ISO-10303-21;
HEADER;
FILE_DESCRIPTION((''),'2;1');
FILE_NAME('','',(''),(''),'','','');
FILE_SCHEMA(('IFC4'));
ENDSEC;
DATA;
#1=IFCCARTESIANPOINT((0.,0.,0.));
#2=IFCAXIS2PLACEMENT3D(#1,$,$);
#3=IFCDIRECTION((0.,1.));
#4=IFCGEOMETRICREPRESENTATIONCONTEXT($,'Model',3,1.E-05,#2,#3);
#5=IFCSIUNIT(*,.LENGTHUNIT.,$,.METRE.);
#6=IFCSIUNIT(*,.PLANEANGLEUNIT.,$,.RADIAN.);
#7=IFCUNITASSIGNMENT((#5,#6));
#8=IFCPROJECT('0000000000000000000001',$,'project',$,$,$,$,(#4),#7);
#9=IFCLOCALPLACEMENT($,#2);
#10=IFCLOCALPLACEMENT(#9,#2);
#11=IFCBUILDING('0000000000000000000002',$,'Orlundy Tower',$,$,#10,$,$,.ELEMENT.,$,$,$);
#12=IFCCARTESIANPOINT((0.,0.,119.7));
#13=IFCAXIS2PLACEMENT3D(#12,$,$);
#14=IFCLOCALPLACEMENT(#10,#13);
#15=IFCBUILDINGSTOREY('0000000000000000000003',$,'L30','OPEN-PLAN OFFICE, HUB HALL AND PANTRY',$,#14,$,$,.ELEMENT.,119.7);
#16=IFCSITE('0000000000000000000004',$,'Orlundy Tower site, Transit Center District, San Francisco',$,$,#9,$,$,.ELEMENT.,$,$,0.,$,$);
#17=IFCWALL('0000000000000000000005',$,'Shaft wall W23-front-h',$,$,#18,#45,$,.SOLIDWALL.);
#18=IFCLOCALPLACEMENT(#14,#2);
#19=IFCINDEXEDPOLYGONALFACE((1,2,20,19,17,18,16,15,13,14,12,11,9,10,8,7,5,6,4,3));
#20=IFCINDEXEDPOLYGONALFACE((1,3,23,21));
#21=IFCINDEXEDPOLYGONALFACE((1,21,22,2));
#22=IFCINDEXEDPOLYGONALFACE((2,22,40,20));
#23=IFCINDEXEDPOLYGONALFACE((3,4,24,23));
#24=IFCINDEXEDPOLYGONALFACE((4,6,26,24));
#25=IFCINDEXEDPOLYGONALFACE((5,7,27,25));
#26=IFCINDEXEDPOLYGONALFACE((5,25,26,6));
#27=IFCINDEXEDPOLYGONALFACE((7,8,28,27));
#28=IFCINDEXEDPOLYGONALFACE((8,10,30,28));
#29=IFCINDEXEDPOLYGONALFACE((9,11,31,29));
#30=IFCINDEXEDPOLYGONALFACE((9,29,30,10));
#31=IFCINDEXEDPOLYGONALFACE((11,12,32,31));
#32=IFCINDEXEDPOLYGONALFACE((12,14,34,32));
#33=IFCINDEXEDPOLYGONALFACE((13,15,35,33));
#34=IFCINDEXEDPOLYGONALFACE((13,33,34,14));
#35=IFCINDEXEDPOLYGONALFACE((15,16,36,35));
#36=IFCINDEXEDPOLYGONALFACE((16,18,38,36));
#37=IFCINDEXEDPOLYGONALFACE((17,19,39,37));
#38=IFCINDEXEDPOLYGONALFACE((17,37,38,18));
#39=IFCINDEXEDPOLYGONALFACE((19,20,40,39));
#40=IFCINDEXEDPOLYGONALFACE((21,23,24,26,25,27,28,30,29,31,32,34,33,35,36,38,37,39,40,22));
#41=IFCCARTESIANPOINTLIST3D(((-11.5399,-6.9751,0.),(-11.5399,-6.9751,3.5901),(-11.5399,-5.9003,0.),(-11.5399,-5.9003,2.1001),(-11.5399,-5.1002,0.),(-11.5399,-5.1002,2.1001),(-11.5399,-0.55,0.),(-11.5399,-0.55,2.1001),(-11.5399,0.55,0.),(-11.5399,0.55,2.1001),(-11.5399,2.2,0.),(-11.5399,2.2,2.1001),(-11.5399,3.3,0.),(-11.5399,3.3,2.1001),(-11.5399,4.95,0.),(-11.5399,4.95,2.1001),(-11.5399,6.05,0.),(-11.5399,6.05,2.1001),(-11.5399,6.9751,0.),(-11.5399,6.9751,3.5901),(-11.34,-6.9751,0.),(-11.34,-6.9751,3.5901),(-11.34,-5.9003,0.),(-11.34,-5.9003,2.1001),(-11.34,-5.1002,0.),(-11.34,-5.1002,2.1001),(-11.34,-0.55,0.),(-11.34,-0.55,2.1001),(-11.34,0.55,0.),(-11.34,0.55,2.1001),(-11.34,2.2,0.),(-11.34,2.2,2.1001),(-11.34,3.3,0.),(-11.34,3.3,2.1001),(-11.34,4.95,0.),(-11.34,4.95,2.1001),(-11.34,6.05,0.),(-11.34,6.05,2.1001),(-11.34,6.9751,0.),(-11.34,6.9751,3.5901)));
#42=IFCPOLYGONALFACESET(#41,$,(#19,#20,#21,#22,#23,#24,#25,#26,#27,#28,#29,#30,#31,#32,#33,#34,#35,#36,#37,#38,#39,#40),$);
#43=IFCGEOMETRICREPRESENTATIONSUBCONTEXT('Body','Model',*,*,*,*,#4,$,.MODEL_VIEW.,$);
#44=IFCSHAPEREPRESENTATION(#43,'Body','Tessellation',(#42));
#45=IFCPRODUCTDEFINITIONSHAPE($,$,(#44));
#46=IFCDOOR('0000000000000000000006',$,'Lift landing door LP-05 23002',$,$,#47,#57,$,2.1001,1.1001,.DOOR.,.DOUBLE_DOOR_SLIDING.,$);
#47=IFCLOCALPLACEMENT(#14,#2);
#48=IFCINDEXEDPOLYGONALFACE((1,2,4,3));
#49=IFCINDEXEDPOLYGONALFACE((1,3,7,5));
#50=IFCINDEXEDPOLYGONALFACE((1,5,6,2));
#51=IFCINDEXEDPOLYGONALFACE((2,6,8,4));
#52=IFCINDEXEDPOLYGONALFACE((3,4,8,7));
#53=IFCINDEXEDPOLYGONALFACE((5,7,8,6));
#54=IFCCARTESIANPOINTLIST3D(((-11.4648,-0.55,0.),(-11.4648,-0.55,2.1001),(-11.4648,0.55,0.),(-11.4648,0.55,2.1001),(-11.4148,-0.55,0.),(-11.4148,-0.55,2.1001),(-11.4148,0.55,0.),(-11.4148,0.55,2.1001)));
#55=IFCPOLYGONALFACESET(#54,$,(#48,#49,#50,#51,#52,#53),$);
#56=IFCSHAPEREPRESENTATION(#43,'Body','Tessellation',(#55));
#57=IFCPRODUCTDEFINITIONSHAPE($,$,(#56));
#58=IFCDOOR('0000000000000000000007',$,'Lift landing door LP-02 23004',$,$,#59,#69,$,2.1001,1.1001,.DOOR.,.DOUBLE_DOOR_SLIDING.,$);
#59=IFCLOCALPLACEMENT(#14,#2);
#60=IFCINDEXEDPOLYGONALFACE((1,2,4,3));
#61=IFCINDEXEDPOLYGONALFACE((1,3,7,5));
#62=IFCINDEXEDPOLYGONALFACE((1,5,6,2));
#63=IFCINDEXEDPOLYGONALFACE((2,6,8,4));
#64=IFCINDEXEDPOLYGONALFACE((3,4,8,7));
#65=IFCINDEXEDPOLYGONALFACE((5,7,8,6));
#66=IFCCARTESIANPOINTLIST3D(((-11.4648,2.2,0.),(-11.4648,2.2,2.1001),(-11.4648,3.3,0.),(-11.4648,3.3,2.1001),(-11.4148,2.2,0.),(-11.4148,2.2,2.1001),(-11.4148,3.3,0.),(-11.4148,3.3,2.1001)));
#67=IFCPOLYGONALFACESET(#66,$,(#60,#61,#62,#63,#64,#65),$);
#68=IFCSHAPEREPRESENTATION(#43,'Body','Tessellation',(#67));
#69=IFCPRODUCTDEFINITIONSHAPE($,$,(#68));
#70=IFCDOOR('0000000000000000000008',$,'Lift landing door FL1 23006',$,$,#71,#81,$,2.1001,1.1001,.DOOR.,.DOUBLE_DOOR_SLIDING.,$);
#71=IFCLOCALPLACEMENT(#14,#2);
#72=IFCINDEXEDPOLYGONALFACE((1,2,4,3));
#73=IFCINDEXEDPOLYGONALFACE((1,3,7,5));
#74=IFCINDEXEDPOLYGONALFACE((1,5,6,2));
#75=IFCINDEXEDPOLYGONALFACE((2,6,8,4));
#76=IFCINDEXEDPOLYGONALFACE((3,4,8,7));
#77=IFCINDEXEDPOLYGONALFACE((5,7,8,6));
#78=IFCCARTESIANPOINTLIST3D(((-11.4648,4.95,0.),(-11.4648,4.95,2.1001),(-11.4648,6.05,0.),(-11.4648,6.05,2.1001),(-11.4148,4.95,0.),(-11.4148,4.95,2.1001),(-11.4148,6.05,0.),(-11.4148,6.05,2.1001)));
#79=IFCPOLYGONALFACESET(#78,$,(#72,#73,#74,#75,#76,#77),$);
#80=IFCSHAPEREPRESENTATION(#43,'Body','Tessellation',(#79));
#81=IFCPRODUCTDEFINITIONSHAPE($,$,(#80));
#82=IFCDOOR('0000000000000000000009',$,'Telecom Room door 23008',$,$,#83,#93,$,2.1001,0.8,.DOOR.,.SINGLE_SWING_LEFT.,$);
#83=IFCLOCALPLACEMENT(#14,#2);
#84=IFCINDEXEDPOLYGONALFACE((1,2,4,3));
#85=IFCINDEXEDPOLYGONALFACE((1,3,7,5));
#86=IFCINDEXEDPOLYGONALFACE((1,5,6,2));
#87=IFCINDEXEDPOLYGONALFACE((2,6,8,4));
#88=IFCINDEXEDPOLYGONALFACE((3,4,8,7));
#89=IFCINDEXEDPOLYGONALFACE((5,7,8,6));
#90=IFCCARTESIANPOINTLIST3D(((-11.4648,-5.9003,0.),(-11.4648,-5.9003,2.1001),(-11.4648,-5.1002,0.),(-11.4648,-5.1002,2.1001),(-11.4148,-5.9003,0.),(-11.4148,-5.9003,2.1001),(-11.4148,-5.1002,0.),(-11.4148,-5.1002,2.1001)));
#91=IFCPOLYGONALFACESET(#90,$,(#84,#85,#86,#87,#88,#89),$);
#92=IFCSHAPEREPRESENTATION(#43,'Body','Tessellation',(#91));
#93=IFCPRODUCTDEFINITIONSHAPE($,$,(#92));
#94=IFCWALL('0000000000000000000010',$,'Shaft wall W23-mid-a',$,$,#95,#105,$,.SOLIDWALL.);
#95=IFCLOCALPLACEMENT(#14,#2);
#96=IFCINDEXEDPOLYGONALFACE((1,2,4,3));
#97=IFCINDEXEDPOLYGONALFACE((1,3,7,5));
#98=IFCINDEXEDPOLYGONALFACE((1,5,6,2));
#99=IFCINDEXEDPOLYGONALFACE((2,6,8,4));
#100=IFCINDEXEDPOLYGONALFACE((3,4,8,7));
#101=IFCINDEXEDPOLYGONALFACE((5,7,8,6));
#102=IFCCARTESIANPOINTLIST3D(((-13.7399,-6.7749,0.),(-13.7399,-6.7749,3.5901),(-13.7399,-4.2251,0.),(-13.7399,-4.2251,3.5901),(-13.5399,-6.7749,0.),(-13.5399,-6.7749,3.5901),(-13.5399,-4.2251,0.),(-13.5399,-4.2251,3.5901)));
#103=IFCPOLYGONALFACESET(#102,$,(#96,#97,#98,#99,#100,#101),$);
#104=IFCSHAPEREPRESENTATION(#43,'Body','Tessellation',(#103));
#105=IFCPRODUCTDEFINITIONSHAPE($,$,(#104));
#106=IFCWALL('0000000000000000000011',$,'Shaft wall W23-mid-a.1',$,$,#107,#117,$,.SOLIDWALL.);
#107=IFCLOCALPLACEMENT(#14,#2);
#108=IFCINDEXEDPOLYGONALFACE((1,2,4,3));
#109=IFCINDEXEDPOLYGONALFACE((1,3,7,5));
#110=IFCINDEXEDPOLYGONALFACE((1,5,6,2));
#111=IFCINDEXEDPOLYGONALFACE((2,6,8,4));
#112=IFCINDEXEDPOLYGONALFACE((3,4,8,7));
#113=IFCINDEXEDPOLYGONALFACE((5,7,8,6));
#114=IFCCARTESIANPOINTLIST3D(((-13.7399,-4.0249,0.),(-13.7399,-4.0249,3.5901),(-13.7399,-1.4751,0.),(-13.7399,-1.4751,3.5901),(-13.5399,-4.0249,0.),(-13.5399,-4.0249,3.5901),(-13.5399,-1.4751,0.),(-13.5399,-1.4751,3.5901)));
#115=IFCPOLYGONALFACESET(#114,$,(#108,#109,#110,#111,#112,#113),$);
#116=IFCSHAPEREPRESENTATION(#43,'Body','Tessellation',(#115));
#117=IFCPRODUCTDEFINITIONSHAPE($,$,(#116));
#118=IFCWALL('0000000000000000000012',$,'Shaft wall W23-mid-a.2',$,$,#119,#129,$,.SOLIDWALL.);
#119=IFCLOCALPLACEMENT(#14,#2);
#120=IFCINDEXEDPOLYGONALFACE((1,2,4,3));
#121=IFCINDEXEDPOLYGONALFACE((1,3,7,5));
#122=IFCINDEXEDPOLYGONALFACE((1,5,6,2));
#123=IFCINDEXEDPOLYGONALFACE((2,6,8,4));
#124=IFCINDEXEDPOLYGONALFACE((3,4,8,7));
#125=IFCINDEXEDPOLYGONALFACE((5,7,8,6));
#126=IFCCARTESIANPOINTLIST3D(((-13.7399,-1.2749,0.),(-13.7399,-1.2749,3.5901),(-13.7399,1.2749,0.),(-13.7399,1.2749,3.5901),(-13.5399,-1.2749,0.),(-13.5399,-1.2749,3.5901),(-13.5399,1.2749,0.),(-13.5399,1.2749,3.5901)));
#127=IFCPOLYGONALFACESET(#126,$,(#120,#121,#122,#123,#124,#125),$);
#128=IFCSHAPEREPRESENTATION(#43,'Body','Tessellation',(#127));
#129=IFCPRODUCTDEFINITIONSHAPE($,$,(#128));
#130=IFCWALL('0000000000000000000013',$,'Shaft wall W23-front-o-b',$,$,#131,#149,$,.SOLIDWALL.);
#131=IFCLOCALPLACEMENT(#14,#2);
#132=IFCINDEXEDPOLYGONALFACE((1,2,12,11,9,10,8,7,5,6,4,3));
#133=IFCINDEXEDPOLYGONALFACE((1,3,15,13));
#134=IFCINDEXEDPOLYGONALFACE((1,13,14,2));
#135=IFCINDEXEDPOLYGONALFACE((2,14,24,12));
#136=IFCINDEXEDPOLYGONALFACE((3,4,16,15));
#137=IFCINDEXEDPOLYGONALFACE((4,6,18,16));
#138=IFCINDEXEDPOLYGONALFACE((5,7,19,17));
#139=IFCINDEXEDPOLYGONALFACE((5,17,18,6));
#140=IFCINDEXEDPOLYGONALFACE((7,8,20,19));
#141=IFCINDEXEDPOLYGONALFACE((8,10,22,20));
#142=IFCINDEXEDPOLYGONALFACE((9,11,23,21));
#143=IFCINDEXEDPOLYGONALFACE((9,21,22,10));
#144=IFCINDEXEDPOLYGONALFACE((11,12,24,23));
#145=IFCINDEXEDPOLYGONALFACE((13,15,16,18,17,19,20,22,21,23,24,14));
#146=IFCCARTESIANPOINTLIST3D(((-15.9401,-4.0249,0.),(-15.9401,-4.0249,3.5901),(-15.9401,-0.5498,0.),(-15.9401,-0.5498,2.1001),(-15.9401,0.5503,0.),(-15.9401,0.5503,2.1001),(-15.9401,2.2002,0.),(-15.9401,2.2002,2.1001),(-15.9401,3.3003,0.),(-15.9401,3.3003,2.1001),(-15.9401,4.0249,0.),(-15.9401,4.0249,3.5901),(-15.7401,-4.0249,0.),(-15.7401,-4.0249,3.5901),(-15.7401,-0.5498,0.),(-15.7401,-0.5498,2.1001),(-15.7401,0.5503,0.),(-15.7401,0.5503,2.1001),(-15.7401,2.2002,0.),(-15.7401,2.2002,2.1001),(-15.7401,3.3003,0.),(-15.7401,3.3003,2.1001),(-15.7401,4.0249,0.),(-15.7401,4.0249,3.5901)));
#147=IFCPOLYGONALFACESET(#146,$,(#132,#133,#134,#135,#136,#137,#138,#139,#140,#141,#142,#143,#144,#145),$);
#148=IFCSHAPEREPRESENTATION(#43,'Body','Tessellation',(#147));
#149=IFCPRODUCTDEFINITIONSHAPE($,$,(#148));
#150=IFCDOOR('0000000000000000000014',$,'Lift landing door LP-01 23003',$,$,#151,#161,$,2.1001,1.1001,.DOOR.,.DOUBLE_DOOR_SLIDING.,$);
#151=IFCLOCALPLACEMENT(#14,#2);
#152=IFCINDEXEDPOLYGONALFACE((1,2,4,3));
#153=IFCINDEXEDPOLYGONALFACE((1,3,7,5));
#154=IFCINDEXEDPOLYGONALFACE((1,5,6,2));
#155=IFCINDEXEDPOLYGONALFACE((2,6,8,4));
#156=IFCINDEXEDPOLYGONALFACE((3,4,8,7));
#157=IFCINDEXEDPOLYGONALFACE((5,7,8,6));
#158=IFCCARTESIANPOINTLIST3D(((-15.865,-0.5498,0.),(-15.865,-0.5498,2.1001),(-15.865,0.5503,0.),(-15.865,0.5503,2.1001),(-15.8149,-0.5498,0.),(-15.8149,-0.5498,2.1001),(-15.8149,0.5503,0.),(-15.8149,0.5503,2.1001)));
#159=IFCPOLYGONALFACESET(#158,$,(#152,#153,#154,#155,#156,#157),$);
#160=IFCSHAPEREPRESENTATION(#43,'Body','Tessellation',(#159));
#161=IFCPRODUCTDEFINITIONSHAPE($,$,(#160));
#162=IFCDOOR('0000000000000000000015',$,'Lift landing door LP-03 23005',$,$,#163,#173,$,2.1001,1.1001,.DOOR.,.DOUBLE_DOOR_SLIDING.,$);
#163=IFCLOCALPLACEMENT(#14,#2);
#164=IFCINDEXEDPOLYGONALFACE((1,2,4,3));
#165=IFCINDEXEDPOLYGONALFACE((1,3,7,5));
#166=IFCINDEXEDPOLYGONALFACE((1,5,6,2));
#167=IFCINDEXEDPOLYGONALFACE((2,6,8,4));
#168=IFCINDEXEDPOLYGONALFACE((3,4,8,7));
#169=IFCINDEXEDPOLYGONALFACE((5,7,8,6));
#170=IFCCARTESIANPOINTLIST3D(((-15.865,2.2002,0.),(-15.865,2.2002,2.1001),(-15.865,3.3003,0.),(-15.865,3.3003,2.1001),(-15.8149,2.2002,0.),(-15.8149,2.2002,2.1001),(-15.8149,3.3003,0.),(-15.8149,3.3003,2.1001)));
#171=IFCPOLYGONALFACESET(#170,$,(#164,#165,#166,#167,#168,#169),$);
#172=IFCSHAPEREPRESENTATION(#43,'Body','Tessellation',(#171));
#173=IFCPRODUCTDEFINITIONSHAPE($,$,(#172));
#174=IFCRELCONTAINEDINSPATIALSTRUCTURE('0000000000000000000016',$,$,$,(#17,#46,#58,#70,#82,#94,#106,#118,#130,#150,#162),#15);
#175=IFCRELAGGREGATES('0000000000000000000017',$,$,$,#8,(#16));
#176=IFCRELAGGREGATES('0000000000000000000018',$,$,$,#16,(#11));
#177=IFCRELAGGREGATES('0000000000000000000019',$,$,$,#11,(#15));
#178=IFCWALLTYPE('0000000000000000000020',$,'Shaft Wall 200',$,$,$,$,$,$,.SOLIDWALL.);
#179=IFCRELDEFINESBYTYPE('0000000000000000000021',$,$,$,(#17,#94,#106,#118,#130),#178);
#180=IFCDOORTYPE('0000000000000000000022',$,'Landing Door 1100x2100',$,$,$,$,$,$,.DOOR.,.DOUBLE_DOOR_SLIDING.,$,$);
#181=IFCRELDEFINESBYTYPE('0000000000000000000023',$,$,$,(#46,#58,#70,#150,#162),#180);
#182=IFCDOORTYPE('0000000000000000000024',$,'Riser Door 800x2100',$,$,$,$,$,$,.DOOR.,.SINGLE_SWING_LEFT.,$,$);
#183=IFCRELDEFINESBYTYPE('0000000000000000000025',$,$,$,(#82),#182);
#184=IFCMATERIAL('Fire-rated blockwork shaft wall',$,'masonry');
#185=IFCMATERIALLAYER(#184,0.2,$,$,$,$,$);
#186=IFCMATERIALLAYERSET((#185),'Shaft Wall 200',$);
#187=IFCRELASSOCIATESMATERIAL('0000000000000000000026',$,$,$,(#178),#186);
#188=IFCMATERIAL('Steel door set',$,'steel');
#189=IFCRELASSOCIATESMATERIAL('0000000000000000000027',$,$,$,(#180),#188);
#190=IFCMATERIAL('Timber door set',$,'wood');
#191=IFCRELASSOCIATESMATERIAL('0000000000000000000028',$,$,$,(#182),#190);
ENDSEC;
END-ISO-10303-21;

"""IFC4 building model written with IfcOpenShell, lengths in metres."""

from ifc_helpers import new_model, si_unit, direction, frame, frame_2d, origin, place, context, subcontext, project, spatial, rectangle, extrude, material, layer, layer_set, type_object, element, fill, save


model = new_model("IFC4")

# Units and contexts
model_context = context("Model", 3, precision=1e-05, world=origin(), true_north=direction((0.0, 1.0)))
body_context = subcontext(model_context, "Body", "Model", "MODEL_VIEW")
ifc_project = project(units=[si_unit("LENGTHUNIT", "METRE"), si_unit("PLANEANGLEUNIT", "RADIAN")], contexts=[model_context])

# Site, building, storey
site_placement = place(None, origin())
site = spatial("IfcSite", under=ifc_project, at=site_placement, Name="Orlundy Tower site, Transit Center District, San Francisco", CompositionType="ELEMENT", RefElevation=0.0)
building_placement = place(site_placement, origin())
building = spatial("IfcBuilding", under=site, at=building_placement, Name="Orlundy Tower", CompositionType="ELEMENT")
storey_placement = place(building_placement, frame((0.0, 0.0, 119.7)))
storey = spatial("IfcBuildingStorey", under=building, at=storey_placement, Name="L30", Description="OPEN-PLAN OFFICE, HUB HALL AND PANTRY", CompositionType="ELEMENT", Elevation=119.7)

# Shared definitions
ifc_material_1 = material(Name="Fire-rated blockwork shaft wall", Category="masonry")
ifc_layer_1 = layer(ifc_material_1, 0.2)
ifc_layer_set_1 = layer_set([ifc_layer_1], Name="Shaft Wall 200")
wall_type_1 = type_object("IfcWallType", Name="Shaft Wall 200", PredefinedType="SOLIDWALL", material=ifc_layer_set_1)

# Wall, openings, doors
wall_1_placement = place(storey_placement, frame((-11.4399, -6.9751, 0.0), z_axis=(0.0, 0.0, 1.0), x_axis=(0.0, 1.0, 0.0)))
wall_1 = element("IfcWall", 1, at=wall_1_placement, inside=storey, type_object=wall_type_1, Name="Shaft wall W23-front-h", PredefinedType="SOLIDWALL", context=body_context, shape_type="SweptSolid", body=[
    extrude(rectangle(XDim=13.9502, YDim=0.2, at=frame_2d((6.9751, 0.0))), origin(), (0.0, 0.0, 1.0), 3.5901),
])
opening_1_placement = place(wall_1_placement, frame((6.425, 0.0, 0.0)))
opening_1 = element("IfcOpeningElement", 2, at=opening_1_placement, cuts=wall_1, PredefinedType="OPENING", context=body_context, shape_type="SweptSolid", body=[
    extrude(rectangle(XDim=1.1001, YDim=2.1001, at=frame_2d((0.55, 1.05))), frame((0.0, 0.1101, 0.0), z_axis=(0.0, -1.0, 0.0), x_axis=(1.0, 0.0, 0.0)), (0.0, 0.0, 1.0), 0.2202),
])
opening_2_placement = place(wall_1_placement, frame((9.175, 0.0, 0.0)))
opening_2 = element("IfcOpeningElement", 3, at=opening_2_placement, cuts=wall_1, PredefinedType="OPENING", context=body_context, shape_type="SweptSolid", body=[
    extrude(rectangle(XDim=1.1001, YDim=2.1001, at=frame_2d((0.55, 1.05))), frame((0.0, 0.1101, 0.0), z_axis=(0.0, -1.0, 0.0), x_axis=(1.0, 0.0, 0.0)), (0.0, 0.0, 1.0), 0.2202),
])
opening_3_placement = place(wall_1_placement, frame((11.925, 0.0, 0.0)))
opening_3 = element("IfcOpeningElement", 4, at=opening_3_placement, cuts=wall_1, PredefinedType="OPENING", context=body_context, shape_type="SweptSolid", body=[
    extrude(rectangle(XDim=1.1001, YDim=2.1001, at=frame_2d((0.55, 1.05))), frame((0.0, 0.1101, 0.0), z_axis=(0.0, -1.0, 0.0), x_axis=(1.0, 0.0, 0.0)), (0.0, 0.0, 1.0), 0.2202),
])
opening_4_placement = place(wall_1_placement, frame((1.075, 0.0, 0.0)))
opening_4 = element("IfcOpeningElement", 5, at=opening_4_placement, cuts=wall_1, PredefinedType="OPENING", context=body_context, shape_type="SweptSolid", body=[
    extrude(rectangle(XDim=0.8, YDim=2.1001, at=frame_2d((0.3999, 1.05))), frame((0.0, 0.1101, 0.0), z_axis=(0.0, -1.0, 0.0), x_axis=(1.0, 0.0, 0.0)), (0.0, 0.0, 1.0), 0.2202),
])
ifc_material_2 = material(Name="Steel door set", Category="steel")
door_type_1 = type_object("IfcDoorType", Name="Landing Door 1100x2100", OperationType="DOUBLE_DOOR_SLIDING", PredefinedType="DOOR", material=ifc_material_2)
door_1_placement = place(opening_1_placement, origin())
door_1 = element("IfcDoor", 6, at=door_1_placement, inside=storey, type_object=door_type_1, Name="Lift landing door LP-05 23002", OperationType="DOUBLE_DOOR_SLIDING", OverallHeight=2.1001, OverallWidth=1.1001, PredefinedType="DOOR", context=body_context, shape_type="SweptSolid", body=[
    extrude(rectangle(XDim=1.1001, YDim=2.1001, at=frame_2d((0.55, 1.05))), frame((0.0, 0.0249, 0.0), z_axis=(0.0, -1.0, 0.0), x_axis=(1.0, 0.0, 0.0)), (0.0, 0.0, 1.0), 0.05),
])
fill(opening_1, door_1)
door_2_placement = place(opening_2_placement, origin())
door_2 = element("IfcDoor", 7, at=door_2_placement, inside=storey, type_object=door_type_1, Name="Lift landing door LP-02 23004", OperationType="DOUBLE_DOOR_SLIDING", OverallHeight=2.1001, OverallWidth=1.1001, PredefinedType="DOOR", context=body_context, shape_type="SweptSolid", body=[
    extrude(rectangle(XDim=1.1001, YDim=2.1001, at=frame_2d((0.55, 1.05))), frame((0.0, 0.0249, 0.0), z_axis=(0.0, -1.0, 0.0), x_axis=(1.0, 0.0, 0.0)), (0.0, 0.0, 1.0), 0.05),
])
fill(opening_2, door_2)
door_3_placement = place(opening_3_placement, origin())
door_3 = element("IfcDoor", 8, at=door_3_placement, inside=storey, type_object=door_type_1, Name="Lift landing door FL1 23006", OperationType="DOUBLE_DOOR_SLIDING", OverallHeight=2.1001, OverallWidth=1.1001, PredefinedType="DOOR", context=body_context, shape_type="SweptSolid", body=[
    extrude(rectangle(XDim=1.1001, YDim=2.1001, at=frame_2d((0.55, 1.05))), frame((0.0, 0.0249, 0.0), z_axis=(0.0, -1.0, 0.0), x_axis=(1.0, 0.0, 0.0)), (0.0, 0.0, 1.0), 0.05),
])
fill(opening_3, door_3)
ifc_material_3 = material(Name="Timber door set", Category="wood")
door_type_2 = type_object("IfcDoorType", Name="Riser Door 800x2100", OperationType="SINGLE_SWING_LEFT", PredefinedType="DOOR", material=ifc_material_3)
door_4_placement = place(opening_4_placement, origin())
door_4 = element("IfcDoor", 9, at=door_4_placement, inside=storey, type_object=door_type_2, Name="Telecom Room door 23008", OperationType="SINGLE_SWING_LEFT", OverallHeight=2.1001, OverallWidth=0.8, PredefinedType="DOOR", context=body_context, shape_type="SweptSolid", body=[
    extrude(rectangle(XDim=0.8, YDim=2.1001, at=frame_2d((0.3999, 1.05))), frame((0.0, 0.0249, 0.0), z_axis=(0.0, -1.0, 0.0), x_axis=(1.0, 0.0, 0.0)), (0.0, 0.0, 1.0), 0.05),
])
fill(opening_4, door_4)

# Walls
for number, where, z_axis, x_axis, name in (
    (10, (-13.6399, -6.7749, 0.0), (0.0, 0.0, 1.0), (0.0, 1.0, 0.0), "Shaft wall W23-mid-a"),
    (11, (-13.6399, -4.0249, 0.0), (0.0, 0.0, 1.0), (0.0, 1.0, 0.0), "Shaft wall W23-mid-a.1"),
    (12, (-13.6399, -1.2749, 0.0), (0.0, 0.0, 1.0), (0.0, 1.0, 0.0), "Shaft wall W23-mid-a.2"),
):
    element("IfcWall", number, at=place(storey_placement, frame(where, z_axis=z_axis, x_axis=x_axis)), inside=storey, type_object=wall_type_1, Name=name, PredefinedType="SOLIDWALL", context=body_context, shape_type="SweptSolid", body=[
        extrude(rectangle(XDim=2.5498, YDim=0.2, at=frame_2d((1.2749, 0.0))), origin(), (0.0, 0.0, 1.0), 3.5901),
    ])

# Wall, openings, doors
wall_2_placement = place(storey_placement, frame((-15.8401, -4.0249, 0.0), z_axis=(0.0, 0.0, 1.0), x_axis=(0.0, 1.0, 0.0)))
wall_2 = element("IfcWall", 13, at=wall_2_placement, inside=storey, type_object=wall_type_1, Name="Shaft wall W23-front-o-b", PredefinedType="SOLIDWALL", context=body_context, shape_type="SweptSolid", body=[
    extrude(rectangle(XDim=8.0498, YDim=0.2, at=frame_2d((4.0249, 0.0))), origin(), (0.0, 0.0, 1.0), 3.5901),
])
opening_5_placement = place(wall_2_placement, frame((3.4751, 0.0, 0.0)))
opening_5 = element("IfcOpeningElement", 14, at=opening_5_placement, cuts=wall_2, PredefinedType="OPENING", context=body_context, shape_type="SweptSolid", body=[
    extrude(rectangle(XDim=1.1001, YDim=2.1001, at=frame_2d((0.55, 1.05))), frame((0.0, 0.1101, 0.0), z_axis=(0.0, -1.0, 0.0), x_axis=(1.0, 0.0, 0.0)), (0.0, 0.0, 1.0), 0.2202),
])
opening_6_placement = place(wall_2_placement, frame((6.2251, 0.0, 0.0)))
opening_6 = element("IfcOpeningElement", 15, at=opening_6_placement, cuts=wall_2, PredefinedType="OPENING", context=body_context, shape_type="SweptSolid", body=[
    extrude(rectangle(XDim=1.1001, YDim=2.1001, at=frame_2d((0.55, 1.05))), frame((0.0, 0.1101, 0.0), z_axis=(0.0, -1.0, 0.0), x_axis=(1.0, 0.0, 0.0)), (0.0, 0.0, 1.0), 0.2202),
])
door_5_placement = place(opening_5_placement, origin())
door_5 = element("IfcDoor", 16, at=door_5_placement, inside=storey, type_object=door_type_1, Name="Lift landing door LP-01 23003", OperationType="DOUBLE_DOOR_SLIDING", OverallHeight=2.1001, OverallWidth=1.1001, PredefinedType="DOOR", context=body_context, shape_type="SweptSolid", body=[
    extrude(rectangle(XDim=1.1001, YDim=2.1001, at=frame_2d((0.55, 1.05))), frame((0.0, 0.0249, 0.0), z_axis=(0.0, -1.0, 0.0), x_axis=(1.0, 0.0, 0.0)), (0.0, 0.0, 1.0), 0.05),
])
fill(opening_5, door_5)
door_6_placement = place(opening_6_placement, origin())
door_6 = element("IfcDoor", 17, at=door_6_placement, inside=storey, type_object=door_type_1, Name="Lift landing door LP-03 23005", OperationType="DOUBLE_DOOR_SLIDING", OverallHeight=2.1001, OverallWidth=1.1001, PredefinedType="DOOR", context=body_context, shape_type="SweptSolid", body=[
    extrude(rectangle(XDim=1.1001, YDim=2.1001, at=frame_2d((0.55, 1.05))), frame((0.0, 0.0249, 0.0), z_axis=(0.0, -1.0, 0.0), x_axis=(1.0, 0.0, 0.0)), (0.0, 0.0, 1.0), 0.05),
])
fill(opening_6, door_6)

save(model, "model.ifc")
